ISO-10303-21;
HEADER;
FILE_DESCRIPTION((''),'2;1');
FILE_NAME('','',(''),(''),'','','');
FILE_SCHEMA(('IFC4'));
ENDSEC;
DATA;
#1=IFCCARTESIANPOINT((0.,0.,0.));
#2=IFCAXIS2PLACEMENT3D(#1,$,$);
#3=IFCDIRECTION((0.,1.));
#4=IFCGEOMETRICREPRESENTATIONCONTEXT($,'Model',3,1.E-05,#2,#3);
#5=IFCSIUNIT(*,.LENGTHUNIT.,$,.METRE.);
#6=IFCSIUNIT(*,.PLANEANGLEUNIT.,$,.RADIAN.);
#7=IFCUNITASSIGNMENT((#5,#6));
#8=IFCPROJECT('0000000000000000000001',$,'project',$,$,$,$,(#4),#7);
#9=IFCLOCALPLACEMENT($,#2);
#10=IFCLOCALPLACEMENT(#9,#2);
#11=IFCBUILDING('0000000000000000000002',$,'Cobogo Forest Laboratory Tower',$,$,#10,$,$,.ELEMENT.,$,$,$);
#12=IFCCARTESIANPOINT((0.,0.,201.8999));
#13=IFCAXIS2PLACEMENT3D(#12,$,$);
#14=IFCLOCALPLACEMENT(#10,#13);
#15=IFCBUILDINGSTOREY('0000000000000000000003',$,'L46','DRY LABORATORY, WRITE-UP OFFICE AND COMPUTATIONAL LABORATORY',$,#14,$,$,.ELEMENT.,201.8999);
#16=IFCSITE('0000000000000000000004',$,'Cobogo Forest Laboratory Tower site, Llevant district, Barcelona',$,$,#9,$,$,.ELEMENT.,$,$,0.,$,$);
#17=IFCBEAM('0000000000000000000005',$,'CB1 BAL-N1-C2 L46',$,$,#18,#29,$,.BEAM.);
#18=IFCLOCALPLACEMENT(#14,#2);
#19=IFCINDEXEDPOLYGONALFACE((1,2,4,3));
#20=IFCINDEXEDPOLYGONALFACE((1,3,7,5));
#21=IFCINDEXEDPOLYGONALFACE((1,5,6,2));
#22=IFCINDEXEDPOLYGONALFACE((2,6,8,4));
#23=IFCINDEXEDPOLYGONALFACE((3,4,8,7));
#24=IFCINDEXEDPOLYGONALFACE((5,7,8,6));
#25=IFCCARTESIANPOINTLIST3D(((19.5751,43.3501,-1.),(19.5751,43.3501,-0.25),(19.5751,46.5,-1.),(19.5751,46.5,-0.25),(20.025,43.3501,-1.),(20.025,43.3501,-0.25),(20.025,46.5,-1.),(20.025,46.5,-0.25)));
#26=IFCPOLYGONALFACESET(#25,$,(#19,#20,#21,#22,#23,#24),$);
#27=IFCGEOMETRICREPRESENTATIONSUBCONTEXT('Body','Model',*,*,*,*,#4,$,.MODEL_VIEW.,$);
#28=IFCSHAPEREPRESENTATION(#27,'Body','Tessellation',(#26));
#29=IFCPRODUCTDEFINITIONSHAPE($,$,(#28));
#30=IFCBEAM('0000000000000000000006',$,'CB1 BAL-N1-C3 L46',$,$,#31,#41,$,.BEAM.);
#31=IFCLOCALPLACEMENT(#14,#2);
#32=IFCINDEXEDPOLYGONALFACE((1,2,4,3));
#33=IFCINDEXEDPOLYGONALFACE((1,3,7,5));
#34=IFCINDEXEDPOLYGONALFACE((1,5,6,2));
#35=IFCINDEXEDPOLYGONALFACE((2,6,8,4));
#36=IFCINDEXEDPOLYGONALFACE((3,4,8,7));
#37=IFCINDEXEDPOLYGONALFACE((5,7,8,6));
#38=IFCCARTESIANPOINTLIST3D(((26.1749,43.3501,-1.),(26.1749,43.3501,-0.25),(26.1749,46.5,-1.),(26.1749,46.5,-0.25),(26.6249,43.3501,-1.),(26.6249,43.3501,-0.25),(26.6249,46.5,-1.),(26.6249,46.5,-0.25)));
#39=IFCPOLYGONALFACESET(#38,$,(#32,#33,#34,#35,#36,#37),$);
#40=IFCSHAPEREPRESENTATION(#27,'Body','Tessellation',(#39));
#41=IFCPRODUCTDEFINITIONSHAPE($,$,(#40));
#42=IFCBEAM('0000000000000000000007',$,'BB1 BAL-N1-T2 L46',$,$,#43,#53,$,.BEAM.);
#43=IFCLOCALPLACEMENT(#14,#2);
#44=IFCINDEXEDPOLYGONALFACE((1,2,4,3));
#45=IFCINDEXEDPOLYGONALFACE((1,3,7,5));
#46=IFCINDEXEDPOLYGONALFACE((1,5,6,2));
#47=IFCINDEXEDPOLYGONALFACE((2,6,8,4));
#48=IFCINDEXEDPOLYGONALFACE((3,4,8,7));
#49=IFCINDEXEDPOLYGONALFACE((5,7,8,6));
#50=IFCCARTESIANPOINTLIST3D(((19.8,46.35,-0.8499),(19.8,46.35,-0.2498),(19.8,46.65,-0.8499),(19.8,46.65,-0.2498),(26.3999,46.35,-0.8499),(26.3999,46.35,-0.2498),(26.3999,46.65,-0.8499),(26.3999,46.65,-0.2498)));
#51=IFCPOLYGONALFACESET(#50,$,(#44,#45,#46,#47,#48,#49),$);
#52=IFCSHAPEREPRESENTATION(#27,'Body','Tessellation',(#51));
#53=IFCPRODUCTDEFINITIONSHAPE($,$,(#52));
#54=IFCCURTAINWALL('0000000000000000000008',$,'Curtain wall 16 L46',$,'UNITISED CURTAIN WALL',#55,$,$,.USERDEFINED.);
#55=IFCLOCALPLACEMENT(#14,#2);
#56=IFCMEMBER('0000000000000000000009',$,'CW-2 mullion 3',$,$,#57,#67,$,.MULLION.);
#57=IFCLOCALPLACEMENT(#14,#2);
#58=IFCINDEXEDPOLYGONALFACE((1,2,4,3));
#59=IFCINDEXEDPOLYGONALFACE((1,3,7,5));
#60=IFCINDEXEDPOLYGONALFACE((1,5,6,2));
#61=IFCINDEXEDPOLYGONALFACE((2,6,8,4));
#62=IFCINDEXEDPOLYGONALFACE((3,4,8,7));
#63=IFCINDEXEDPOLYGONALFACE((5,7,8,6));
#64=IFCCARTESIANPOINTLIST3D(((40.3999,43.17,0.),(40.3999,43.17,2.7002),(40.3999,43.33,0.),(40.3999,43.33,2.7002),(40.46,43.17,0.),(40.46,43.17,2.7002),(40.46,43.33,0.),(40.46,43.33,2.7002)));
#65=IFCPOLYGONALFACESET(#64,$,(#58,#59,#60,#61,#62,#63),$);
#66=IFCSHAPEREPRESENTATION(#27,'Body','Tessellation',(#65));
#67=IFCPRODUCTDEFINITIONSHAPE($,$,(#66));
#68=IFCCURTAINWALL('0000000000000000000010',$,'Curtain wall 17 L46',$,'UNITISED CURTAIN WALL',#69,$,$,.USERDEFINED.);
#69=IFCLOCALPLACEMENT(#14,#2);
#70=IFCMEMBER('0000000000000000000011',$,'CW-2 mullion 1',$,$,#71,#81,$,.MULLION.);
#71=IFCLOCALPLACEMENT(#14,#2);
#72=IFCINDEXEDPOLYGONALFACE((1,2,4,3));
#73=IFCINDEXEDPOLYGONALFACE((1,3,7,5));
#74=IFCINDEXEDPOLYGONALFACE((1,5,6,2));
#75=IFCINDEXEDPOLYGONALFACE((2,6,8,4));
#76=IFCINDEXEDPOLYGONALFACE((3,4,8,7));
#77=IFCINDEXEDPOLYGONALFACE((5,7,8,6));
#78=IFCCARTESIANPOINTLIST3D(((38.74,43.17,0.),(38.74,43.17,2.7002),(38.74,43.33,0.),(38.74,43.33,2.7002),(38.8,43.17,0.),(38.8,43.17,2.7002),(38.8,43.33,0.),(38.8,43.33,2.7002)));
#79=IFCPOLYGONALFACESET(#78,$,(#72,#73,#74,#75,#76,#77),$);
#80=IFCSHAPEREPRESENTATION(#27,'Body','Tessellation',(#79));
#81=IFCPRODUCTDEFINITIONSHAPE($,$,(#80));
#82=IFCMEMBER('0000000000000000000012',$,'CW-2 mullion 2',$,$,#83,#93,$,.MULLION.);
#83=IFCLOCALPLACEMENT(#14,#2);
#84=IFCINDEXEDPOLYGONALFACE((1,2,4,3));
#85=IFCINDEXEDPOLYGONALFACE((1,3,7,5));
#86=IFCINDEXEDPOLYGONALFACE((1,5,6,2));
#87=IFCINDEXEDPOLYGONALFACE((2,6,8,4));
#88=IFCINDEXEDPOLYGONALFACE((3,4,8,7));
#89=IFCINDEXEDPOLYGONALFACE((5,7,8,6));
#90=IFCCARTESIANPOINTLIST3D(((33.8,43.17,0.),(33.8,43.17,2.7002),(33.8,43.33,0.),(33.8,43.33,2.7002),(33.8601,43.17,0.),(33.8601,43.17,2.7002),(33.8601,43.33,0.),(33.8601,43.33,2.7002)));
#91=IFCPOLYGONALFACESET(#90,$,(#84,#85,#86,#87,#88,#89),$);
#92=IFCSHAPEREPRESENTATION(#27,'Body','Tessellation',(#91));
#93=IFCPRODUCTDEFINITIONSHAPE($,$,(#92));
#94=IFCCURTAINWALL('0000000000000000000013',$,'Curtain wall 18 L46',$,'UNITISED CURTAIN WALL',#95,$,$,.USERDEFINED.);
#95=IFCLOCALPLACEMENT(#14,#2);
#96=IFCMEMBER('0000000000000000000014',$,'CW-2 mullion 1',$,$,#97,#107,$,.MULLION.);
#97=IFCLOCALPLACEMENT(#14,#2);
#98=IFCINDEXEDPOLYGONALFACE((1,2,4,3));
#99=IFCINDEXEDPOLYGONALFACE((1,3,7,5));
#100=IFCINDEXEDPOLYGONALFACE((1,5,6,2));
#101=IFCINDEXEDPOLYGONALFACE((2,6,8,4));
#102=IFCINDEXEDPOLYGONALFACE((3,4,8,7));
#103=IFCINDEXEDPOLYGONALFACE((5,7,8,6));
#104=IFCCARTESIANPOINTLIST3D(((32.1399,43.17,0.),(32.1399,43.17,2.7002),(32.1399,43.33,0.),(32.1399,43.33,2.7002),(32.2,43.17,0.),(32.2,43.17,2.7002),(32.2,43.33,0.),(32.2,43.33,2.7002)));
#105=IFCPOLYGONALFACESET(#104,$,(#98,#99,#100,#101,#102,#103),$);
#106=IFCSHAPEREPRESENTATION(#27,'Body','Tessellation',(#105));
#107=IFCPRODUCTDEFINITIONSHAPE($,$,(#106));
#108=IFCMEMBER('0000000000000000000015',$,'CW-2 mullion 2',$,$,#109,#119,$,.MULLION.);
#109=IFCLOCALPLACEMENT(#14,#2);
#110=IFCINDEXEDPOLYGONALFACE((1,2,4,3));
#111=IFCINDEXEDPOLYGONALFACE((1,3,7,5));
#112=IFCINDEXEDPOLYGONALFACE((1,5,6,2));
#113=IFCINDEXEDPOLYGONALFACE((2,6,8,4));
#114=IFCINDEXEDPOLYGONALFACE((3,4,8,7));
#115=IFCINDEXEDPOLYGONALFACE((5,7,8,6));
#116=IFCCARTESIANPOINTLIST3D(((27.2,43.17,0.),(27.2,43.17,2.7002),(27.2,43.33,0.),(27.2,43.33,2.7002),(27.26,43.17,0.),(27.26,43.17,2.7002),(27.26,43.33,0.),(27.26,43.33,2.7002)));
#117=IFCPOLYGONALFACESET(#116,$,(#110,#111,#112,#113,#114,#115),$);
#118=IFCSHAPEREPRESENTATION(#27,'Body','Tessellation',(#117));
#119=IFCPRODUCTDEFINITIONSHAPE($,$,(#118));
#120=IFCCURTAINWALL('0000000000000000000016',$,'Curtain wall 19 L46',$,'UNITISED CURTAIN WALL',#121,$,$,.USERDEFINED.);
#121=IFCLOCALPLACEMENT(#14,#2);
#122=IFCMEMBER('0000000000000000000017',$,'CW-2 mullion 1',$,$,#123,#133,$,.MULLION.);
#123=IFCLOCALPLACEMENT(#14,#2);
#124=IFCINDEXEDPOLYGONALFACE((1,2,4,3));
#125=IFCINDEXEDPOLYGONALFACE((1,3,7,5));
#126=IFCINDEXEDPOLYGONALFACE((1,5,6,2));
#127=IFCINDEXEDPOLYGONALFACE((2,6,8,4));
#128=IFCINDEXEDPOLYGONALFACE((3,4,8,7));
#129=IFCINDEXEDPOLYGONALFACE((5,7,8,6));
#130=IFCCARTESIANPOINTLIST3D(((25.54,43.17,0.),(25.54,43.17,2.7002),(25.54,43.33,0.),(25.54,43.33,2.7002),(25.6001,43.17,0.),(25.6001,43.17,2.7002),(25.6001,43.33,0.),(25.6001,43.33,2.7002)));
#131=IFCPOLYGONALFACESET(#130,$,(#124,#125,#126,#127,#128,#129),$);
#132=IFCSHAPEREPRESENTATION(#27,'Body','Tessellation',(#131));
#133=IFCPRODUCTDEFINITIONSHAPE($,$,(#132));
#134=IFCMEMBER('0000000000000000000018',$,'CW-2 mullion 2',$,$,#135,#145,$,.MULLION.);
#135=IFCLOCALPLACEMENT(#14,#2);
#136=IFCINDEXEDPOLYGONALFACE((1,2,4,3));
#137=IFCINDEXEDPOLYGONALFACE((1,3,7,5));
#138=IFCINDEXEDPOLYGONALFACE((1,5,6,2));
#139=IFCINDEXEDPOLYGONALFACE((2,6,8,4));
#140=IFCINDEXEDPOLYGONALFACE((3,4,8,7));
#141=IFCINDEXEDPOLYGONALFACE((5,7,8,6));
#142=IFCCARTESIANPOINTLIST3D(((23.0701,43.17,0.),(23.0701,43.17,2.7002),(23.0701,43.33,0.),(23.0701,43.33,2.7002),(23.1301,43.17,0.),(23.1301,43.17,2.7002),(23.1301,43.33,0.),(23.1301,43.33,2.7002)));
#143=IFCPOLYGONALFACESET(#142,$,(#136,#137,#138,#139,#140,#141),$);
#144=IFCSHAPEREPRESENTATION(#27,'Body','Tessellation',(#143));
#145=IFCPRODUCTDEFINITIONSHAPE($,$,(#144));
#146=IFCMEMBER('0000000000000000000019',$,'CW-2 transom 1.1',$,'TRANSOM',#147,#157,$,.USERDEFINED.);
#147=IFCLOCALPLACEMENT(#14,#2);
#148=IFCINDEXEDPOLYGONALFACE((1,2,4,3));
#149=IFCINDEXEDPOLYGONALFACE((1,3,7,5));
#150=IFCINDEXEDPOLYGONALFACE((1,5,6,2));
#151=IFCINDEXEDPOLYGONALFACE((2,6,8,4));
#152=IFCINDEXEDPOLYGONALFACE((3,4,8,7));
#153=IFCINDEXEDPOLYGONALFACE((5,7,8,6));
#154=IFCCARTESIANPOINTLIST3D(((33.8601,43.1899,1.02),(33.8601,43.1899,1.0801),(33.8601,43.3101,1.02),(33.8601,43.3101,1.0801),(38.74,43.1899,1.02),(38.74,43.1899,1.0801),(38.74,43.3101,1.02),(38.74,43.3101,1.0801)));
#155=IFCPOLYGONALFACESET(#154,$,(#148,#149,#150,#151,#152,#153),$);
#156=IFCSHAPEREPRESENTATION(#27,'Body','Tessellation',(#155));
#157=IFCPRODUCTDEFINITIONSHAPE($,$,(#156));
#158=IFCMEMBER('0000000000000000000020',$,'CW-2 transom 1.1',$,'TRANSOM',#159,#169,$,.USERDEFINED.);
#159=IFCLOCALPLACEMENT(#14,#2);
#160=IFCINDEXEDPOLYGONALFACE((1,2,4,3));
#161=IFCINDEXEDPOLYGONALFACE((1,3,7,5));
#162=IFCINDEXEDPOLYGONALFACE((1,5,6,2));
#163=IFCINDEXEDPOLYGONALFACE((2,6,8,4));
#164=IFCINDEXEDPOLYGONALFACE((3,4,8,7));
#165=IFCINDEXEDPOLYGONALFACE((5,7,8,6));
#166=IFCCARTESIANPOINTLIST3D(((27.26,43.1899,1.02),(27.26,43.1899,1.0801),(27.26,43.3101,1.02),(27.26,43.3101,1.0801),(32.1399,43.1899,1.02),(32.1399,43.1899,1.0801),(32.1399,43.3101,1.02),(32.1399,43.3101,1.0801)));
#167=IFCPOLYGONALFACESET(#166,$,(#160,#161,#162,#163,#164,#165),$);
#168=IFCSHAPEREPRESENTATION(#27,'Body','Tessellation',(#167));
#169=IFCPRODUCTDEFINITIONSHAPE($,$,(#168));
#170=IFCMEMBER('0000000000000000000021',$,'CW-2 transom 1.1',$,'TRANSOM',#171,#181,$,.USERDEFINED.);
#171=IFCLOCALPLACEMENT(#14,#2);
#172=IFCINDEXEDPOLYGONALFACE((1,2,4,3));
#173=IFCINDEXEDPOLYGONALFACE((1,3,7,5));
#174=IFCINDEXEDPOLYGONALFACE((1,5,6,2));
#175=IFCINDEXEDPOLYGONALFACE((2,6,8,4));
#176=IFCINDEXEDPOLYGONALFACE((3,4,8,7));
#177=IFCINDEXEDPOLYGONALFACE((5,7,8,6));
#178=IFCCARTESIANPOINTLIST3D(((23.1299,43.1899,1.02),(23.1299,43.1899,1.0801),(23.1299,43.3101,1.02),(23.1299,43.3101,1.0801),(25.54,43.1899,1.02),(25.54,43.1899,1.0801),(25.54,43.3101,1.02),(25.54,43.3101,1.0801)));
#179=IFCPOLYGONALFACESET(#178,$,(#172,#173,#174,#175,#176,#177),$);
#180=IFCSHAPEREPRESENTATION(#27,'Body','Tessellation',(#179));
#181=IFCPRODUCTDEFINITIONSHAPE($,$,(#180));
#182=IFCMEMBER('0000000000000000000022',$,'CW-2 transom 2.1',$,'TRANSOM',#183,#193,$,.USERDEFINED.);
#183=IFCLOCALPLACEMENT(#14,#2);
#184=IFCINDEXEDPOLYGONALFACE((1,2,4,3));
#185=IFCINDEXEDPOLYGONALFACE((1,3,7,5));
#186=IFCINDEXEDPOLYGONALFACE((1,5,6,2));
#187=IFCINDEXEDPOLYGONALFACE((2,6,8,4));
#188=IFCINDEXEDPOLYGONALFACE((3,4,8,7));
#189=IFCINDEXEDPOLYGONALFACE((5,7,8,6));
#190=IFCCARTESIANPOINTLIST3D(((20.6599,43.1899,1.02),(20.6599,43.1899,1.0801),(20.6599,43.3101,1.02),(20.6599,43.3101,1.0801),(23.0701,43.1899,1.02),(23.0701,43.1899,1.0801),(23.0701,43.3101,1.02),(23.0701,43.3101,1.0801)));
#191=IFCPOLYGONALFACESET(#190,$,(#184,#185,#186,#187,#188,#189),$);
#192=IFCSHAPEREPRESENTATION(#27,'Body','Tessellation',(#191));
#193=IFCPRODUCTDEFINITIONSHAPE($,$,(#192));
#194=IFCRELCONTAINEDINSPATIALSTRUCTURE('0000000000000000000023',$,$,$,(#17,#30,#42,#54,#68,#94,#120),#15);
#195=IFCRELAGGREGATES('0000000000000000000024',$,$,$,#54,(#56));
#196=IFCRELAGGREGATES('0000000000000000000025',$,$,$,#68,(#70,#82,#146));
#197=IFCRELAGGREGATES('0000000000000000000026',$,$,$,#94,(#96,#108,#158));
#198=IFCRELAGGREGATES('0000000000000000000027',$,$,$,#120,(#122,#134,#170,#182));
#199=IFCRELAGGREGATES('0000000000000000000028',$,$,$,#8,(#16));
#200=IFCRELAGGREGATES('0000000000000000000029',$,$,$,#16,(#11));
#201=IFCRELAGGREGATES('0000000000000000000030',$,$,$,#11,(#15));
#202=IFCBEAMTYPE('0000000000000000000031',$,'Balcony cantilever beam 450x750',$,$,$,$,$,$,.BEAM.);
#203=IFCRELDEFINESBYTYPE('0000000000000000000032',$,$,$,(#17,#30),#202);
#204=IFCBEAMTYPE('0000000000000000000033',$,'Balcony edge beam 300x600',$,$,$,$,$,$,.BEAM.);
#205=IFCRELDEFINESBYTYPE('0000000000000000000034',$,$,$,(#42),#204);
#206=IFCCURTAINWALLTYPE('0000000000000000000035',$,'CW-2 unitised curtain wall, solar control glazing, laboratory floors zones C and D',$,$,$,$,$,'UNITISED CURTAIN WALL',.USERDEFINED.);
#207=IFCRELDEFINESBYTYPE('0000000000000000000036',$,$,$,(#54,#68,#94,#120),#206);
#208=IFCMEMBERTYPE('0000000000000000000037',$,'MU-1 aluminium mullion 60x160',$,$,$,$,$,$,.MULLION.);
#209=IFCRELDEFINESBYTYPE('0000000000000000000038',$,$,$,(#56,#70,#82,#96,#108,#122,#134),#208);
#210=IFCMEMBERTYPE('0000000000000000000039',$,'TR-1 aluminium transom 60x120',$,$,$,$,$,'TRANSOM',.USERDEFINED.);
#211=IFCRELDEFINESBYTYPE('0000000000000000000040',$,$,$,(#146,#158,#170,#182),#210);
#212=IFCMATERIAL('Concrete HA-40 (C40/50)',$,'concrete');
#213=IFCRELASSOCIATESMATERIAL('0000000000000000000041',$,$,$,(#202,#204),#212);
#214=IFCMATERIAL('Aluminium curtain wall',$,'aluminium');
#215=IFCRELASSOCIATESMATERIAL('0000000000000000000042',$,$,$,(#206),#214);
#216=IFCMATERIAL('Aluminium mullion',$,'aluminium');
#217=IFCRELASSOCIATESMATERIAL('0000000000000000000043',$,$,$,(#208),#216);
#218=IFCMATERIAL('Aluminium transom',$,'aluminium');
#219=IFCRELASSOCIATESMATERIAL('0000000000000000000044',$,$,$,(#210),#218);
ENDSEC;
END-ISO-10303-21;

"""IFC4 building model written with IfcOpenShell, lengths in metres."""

from ifc_helpers import new_model, si_unit, direction, frame, origin, origin_2d, place, context, subcontext, project, spatial, rectangle, extrude, material, material_profile, profile_set, type_object, element, aggregate, save


model = new_model("IFC4")

# Units and contexts
model_context = context("Model", 3, precision=1e-05, world=origin(), true_north=direction((0.0, 1.0)))
body_context = subcontext(model_context, "Body", "Model", "MODEL_VIEW")
ifc_project = project(units=[si_unit("LENGTHUNIT", "METRE"), si_unit("PLANEANGLEUNIT", "RADIAN")], contexts=[model_context])

# Site, building, storey
site_placement = place(None, origin())
site = spatial("IfcSite", under=ifc_project, at=site_placement, Name="Cobogo Forest Laboratory Tower site, Llevant district, Barcelona", CompositionType="ELEMENT", RefElevation=0.0)
building_placement = place(site_placement, origin())
building = spatial("IfcBuilding", under=site, at=building_placement, Name="Cobogo Forest Laboratory Tower", CompositionType="ELEMENT")
storey_placement = place(building_placement, frame((0.0, 0.0, 201.8999)))
storey = spatial("IfcBuildingStorey", under=building, at=storey_placement, Name="L46", Description="DRY LABORATORY, WRITE-UP OFFICE AND COMPUTATIONAL LABORATORY", CompositionType="ELEMENT", Elevation=201.8999)

# Beams
ifc_material_1 = material(Name="Concrete HA-40 (C40/50)", Category="concrete")
ifc_material_profile_1 = material_profile(ifc_material_1, rectangle(XDim=0.45, YDim=0.75, at=origin_2d()), Name="RC 450x750")
ifc_profile_set_1 = profile_set([ifc_material_profile_1], Name="Concrete HA-40 (C40/50)")
beam_type_1 = type_object("IfcBeamType", Name="Balcony cantilever beam 450x750", PredefinedType="BEAM", material=ifc_profile_set_1)
for number, where, z_axis, x_axis, name in (
    (1, (19.8, 43.3501, -0.625), (0.0, 1.0, 0.0), (-1.0, 0.0, 0.0), "CB1 BAL-N1-C2 L46"),
    (2, (26.3999, 43.3501, -0.625), (0.0, 1.0, 0.0), (-1.0, 0.0, 0.0), "CB1 BAL-N1-C3 L46"),
):
    element("IfcBeam", number, at=place(storey_placement, frame(where, z_axis=z_axis, x_axis=x_axis)), inside=storey, type_object=beam_type_1, Name=name, PredefinedType="BEAM", context=body_context, shape_type="SweptSolid", body=[
        extrude(rectangle(XDim=0.45, YDim=0.75, at=origin_2d()), origin(), (0.0, 0.0, 1.0), 3.1499),
    ])
ifc_material_profile_2 = material_profile(ifc_material_1, rectangle(XDim=0.3, YDim=0.6001, at=origin_2d()), Name="RC 300x600")
ifc_profile_set_2 = profile_set([ifc_material_profile_2], Name="Concrete HA-40 (C40/50)")
beam_type_2 = type_object("IfcBeamType", Name="Balcony edge beam 300x600", PredefinedType="BEAM", material=ifc_profile_set_2)
beam_placement = place(storey_placement, frame((19.8, 46.5, -0.5498), z_axis=(1.0, 0.0, 0.0), x_axis=(0.0, 1.0, 0.0)))
element("IfcBeam", 3, at=beam_placement, inside=storey, type_object=beam_type_2, Name="BB1 BAL-N1-T2 L46", PredefinedType="BEAM", context=body_context, shape_type="SweptSolid", body=[
    extrude(rectangle(XDim=0.3, YDim=0.6001, at=origin_2d()), origin(), (0.0, 0.0, 1.0), 6.5999),
])

# Curtain wall, member
ifc_material_2 = material(Name="Aluminium curtain wall", Category="aluminium")
curtain_wall_type = type_object("IfcCurtainWallType", Name="CW-2 unitised curtain wall, solar control glazing, laboratory floors zones C and D", ElementType="UNITISED CURTAIN WALL", PredefinedType="USERDEFINED", material=ifc_material_2)
curtain_wall_1_placement = place(storey_placement, origin())
curtain_wall_1 = element("IfcCurtainWall", 4, at=curtain_wall_1_placement, inside=storey, type_object=curtain_wall_type, Name="Curtain wall 16 L46", ObjectType="UNITISED CURTAIN WALL", PredefinedType="USERDEFINED")
ifc_material_3 = material(Name="Aluminium mullion", Category="aluminium")
ifc_material_profile_3 = material_profile(ifc_material_3, rectangle(XDim=0.0601, YDim=0.1599, at=origin_2d()), Name="AL 60x160")
ifc_profile_set_3 = profile_set([ifc_material_profile_3], Name="Aluminium mullion")
member_type_1 = type_object("IfcMemberType", Name="MU-1 aluminium mullion 60x160", PredefinedType="MULLION", material=ifc_profile_set_3)
member_1_placement = place(storey_placement, frame((40.4299, 43.25, 0.0), z_axis=(0.0, 0.0, 1.0), x_axis=(-1.0, 0.0, 0.0)))
member_1 = element("IfcMember", 5, at=member_1_placement, type_object=member_type_1, Name="CW-2 mullion 3", PredefinedType="MULLION", context=body_context, shape_type="SweptSolid", body=[
    extrude(rectangle(XDim=0.0601, YDim=0.1599, at=origin_2d()), origin(), (0.0, 0.0, 1.0), 2.7002),
])

# Curtain walls, members
curtain_wall_2_placement = place(storey_placement, origin())
curtain_wall_2 = element("IfcCurtainWall", 6, at=curtain_wall_2_placement, inside=storey, type_object=curtain_wall_type, Name="Curtain wall 17 L46", ObjectType="UNITISED CURTAIN WALL", PredefinedType="USERDEFINED")
member_2_placement = place(storey_placement, frame((38.77, 43.25, 0.0), z_axis=(0.0, 0.0, 1.0), x_axis=(-1.0, 0.0, 0.0)))
member_2 = element("IfcMember", 7, at=member_2_placement, type_object=member_type_1, Name="CW-2 mullion 1", PredefinedType="MULLION", context=body_context, shape_type="SweptSolid", body=[
    extrude(rectangle(XDim=0.0601, YDim=0.1599, at=origin_2d()), origin(), (0.0, 0.0, 1.0), 2.7002),
])
member_3_placement = place(storey_placement, frame((33.8301, 43.25, 0.0), z_axis=(0.0, 0.0, 1.0), x_axis=(-1.0, 0.0, 0.0)))
member_3 = element("IfcMember", 8, at=member_3_placement, type_object=member_type_1, Name="CW-2 mullion 2", PredefinedType="MULLION", context=body_context, shape_type="SweptSolid", body=[
    extrude(rectangle(XDim=0.0601, YDim=0.1599, at=origin_2d()), origin(), (0.0, 0.0, 1.0), 2.7002),
])
curtain_wall_3_placement = place(storey_placement, origin())
curtain_wall_3 = element("IfcCurtainWall", 9, at=curtain_wall_3_placement, inside=storey, type_object=curtain_wall_type, Name="Curtain wall 18 L46", ObjectType="UNITISED CURTAIN WALL", PredefinedType="USERDEFINED")
member_4_placement = place(storey_placement, frame((32.1699, 43.25, 0.0), z_axis=(0.0, 0.0, 1.0), x_axis=(-1.0, 0.0, 0.0)))
member_4 = element("IfcMember", 10, at=member_4_placement, type_object=member_type_1, Name="CW-2 mullion 1", PredefinedType="MULLION", context=body_context, shape_type="SweptSolid", body=[
    extrude(rectangle(XDim=0.0601, YDim=0.1599, at=origin_2d()), origin(), (0.0, 0.0, 1.0), 2.7002),
])
member_5_placement = place(storey_placement, frame((27.23, 43.25, 0.0), z_axis=(0.0, 0.0, 1.0), x_axis=(-1.0, 0.0, 0.0)))
member_5 = element("IfcMember", 11, at=member_5_placement, type_object=member_type_1, Name="CW-2 mullion 2", PredefinedType="MULLION", context=body_context, shape_type="SweptSolid", body=[
    extrude(rectangle(XDim=0.0601, YDim=0.1599, at=origin_2d()), origin(), (0.0, 0.0, 1.0), 2.7002),
])
curtain_wall_4_placement = place(storey_placement, origin())
curtain_wall_4 = element("IfcCurtainWall", 12, at=curtain_wall_4_placement, inside=storey, type_object=curtain_wall_type, Name="Curtain wall 19 L46", ObjectType="UNITISED CURTAIN WALL", PredefinedType="USERDEFINED")
member_6_placement = place(storey_placement, frame((25.5701, 43.25, 0.0), z_axis=(0.0, 0.0, 1.0), x_axis=(-1.0, 0.0, 0.0)))
member_6 = element("IfcMember", 13, at=member_6_placement, type_object=member_type_1, Name="CW-2 mullion 1", PredefinedType="MULLION", context=body_context, shape_type="SweptSolid", body=[
    extrude(rectangle(XDim=0.0601, YDim=0.1599, at=origin_2d()), origin(), (0.0, 0.0, 1.0), 2.7002),
])
member_7_placement = place(storey_placement, frame((23.1001, 43.25, 0.0), z_axis=(0.0, 0.0, 1.0), x_axis=(-1.0, 0.0, 0.0)))
member_7 = element("IfcMember", 14, at=member_7_placement, type_object=member_type_1, Name="CW-2 mullion 2", PredefinedType="MULLION", context=body_context, shape_type="SweptSolid", body=[
    extrude(rectangle(XDim=0.0601, YDim=0.1599, at=origin_2d()), origin(), (0.0, 0.0, 1.0), 2.7002),
])

# Members
ifc_material_4 = material(Name="Aluminium transom", Category="aluminium")
ifc_material_profile_4 = material_profile(ifc_material_4, rectangle(XDim=0.1201, YDim=0.0601, at=origin_2d()), Name="AL 60x120")
ifc_profile_set_4 = profile_set([ifc_material_profile_4], Name="Aluminium transom")
member_type_2 = type_object("IfcMemberType", Name="TR-1 aluminium transom 60x120", ElementType="TRANSOM", PredefinedType="USERDEFINED", material=ifc_profile_set_4)
member_8_placement = place(storey_placement, frame((38.74, 43.25, 1.05), z_axis=(-1.0, 0.0, 0.0), x_axis=(0.0, -1.0, 0.0)))
member_8 = element("IfcMember", 15, at=member_8_placement, type_object=member_type_2, Name="CW-2 transom 1.1", ObjectType="TRANSOM", PredefinedType="USERDEFINED", context=body_context, shape_type="SweptSolid", body=[
    extrude(rectangle(XDim=0.1201, YDim=0.0601, at=origin_2d()), origin(), (0.0, 0.0, 1.0), 4.8799),
])
member_9_placement = place(storey_placement, frame((32.1399, 43.25, 1.05), z_axis=(-1.0, 0.0, 0.0), x_axis=(0.0, -1.0, 0.0)))
member_9 = element("IfcMember", 16, at=member_9_placement, type_object=member_type_2, Name="CW-2 transom 1.1", ObjectType="TRANSOM", PredefinedType="USERDEFINED", context=body_context, shape_type="SweptSolid", body=[
    extrude(rectangle(XDim=0.1201, YDim=0.0601, at=origin_2d()), origin(), (0.0, 0.0, 1.0), 4.8799),
])
member_10_placement = place(storey_placement, frame((25.54, 43.25, 1.05), z_axis=(-1.0, 0.0, 0.0), x_axis=(0.0, -1.0, 0.0)))
member_10 = element("IfcMember", 17, at=member_10_placement, type_object=member_type_2, Name="CW-2 transom 1.1", ObjectType="TRANSOM", PredefinedType="USERDEFINED", context=body_context, shape_type="SweptSolid", body=[
    extrude(rectangle(XDim=0.1201, YDim=0.0601, at=origin_2d()), origin(), (0.0, 0.0, 1.0), 2.4102),
])
member_11_placement = place(storey_placement, frame((23.0701, 43.25, 1.05), z_axis=(-1.0, 0.0, 0.0), x_axis=(0.0, -1.0, 0.0)))
member_11 = element("IfcMember", 18, at=member_11_placement, type_object=member_type_2, Name="CW-2 transom 2.1", ObjectType="TRANSOM", PredefinedType="USERDEFINED", context=body_context, shape_type="SweptSolid", body=[
    extrude(rectangle(XDim=0.1201, YDim=0.0601, at=origin_2d()), origin(), (0.0, 0.0, 1.0), 2.4102),
])

aggregate(curtain_wall_1, [member_1])
aggregate(curtain_wall_2, [member_2, member_3, member_8])
aggregate(curtain_wall_3, [member_4, member_5, member_9])
aggregate(curtain_wall_4, [member_6, member_7, member_10, member_11])

save(model, "model.ifc")
